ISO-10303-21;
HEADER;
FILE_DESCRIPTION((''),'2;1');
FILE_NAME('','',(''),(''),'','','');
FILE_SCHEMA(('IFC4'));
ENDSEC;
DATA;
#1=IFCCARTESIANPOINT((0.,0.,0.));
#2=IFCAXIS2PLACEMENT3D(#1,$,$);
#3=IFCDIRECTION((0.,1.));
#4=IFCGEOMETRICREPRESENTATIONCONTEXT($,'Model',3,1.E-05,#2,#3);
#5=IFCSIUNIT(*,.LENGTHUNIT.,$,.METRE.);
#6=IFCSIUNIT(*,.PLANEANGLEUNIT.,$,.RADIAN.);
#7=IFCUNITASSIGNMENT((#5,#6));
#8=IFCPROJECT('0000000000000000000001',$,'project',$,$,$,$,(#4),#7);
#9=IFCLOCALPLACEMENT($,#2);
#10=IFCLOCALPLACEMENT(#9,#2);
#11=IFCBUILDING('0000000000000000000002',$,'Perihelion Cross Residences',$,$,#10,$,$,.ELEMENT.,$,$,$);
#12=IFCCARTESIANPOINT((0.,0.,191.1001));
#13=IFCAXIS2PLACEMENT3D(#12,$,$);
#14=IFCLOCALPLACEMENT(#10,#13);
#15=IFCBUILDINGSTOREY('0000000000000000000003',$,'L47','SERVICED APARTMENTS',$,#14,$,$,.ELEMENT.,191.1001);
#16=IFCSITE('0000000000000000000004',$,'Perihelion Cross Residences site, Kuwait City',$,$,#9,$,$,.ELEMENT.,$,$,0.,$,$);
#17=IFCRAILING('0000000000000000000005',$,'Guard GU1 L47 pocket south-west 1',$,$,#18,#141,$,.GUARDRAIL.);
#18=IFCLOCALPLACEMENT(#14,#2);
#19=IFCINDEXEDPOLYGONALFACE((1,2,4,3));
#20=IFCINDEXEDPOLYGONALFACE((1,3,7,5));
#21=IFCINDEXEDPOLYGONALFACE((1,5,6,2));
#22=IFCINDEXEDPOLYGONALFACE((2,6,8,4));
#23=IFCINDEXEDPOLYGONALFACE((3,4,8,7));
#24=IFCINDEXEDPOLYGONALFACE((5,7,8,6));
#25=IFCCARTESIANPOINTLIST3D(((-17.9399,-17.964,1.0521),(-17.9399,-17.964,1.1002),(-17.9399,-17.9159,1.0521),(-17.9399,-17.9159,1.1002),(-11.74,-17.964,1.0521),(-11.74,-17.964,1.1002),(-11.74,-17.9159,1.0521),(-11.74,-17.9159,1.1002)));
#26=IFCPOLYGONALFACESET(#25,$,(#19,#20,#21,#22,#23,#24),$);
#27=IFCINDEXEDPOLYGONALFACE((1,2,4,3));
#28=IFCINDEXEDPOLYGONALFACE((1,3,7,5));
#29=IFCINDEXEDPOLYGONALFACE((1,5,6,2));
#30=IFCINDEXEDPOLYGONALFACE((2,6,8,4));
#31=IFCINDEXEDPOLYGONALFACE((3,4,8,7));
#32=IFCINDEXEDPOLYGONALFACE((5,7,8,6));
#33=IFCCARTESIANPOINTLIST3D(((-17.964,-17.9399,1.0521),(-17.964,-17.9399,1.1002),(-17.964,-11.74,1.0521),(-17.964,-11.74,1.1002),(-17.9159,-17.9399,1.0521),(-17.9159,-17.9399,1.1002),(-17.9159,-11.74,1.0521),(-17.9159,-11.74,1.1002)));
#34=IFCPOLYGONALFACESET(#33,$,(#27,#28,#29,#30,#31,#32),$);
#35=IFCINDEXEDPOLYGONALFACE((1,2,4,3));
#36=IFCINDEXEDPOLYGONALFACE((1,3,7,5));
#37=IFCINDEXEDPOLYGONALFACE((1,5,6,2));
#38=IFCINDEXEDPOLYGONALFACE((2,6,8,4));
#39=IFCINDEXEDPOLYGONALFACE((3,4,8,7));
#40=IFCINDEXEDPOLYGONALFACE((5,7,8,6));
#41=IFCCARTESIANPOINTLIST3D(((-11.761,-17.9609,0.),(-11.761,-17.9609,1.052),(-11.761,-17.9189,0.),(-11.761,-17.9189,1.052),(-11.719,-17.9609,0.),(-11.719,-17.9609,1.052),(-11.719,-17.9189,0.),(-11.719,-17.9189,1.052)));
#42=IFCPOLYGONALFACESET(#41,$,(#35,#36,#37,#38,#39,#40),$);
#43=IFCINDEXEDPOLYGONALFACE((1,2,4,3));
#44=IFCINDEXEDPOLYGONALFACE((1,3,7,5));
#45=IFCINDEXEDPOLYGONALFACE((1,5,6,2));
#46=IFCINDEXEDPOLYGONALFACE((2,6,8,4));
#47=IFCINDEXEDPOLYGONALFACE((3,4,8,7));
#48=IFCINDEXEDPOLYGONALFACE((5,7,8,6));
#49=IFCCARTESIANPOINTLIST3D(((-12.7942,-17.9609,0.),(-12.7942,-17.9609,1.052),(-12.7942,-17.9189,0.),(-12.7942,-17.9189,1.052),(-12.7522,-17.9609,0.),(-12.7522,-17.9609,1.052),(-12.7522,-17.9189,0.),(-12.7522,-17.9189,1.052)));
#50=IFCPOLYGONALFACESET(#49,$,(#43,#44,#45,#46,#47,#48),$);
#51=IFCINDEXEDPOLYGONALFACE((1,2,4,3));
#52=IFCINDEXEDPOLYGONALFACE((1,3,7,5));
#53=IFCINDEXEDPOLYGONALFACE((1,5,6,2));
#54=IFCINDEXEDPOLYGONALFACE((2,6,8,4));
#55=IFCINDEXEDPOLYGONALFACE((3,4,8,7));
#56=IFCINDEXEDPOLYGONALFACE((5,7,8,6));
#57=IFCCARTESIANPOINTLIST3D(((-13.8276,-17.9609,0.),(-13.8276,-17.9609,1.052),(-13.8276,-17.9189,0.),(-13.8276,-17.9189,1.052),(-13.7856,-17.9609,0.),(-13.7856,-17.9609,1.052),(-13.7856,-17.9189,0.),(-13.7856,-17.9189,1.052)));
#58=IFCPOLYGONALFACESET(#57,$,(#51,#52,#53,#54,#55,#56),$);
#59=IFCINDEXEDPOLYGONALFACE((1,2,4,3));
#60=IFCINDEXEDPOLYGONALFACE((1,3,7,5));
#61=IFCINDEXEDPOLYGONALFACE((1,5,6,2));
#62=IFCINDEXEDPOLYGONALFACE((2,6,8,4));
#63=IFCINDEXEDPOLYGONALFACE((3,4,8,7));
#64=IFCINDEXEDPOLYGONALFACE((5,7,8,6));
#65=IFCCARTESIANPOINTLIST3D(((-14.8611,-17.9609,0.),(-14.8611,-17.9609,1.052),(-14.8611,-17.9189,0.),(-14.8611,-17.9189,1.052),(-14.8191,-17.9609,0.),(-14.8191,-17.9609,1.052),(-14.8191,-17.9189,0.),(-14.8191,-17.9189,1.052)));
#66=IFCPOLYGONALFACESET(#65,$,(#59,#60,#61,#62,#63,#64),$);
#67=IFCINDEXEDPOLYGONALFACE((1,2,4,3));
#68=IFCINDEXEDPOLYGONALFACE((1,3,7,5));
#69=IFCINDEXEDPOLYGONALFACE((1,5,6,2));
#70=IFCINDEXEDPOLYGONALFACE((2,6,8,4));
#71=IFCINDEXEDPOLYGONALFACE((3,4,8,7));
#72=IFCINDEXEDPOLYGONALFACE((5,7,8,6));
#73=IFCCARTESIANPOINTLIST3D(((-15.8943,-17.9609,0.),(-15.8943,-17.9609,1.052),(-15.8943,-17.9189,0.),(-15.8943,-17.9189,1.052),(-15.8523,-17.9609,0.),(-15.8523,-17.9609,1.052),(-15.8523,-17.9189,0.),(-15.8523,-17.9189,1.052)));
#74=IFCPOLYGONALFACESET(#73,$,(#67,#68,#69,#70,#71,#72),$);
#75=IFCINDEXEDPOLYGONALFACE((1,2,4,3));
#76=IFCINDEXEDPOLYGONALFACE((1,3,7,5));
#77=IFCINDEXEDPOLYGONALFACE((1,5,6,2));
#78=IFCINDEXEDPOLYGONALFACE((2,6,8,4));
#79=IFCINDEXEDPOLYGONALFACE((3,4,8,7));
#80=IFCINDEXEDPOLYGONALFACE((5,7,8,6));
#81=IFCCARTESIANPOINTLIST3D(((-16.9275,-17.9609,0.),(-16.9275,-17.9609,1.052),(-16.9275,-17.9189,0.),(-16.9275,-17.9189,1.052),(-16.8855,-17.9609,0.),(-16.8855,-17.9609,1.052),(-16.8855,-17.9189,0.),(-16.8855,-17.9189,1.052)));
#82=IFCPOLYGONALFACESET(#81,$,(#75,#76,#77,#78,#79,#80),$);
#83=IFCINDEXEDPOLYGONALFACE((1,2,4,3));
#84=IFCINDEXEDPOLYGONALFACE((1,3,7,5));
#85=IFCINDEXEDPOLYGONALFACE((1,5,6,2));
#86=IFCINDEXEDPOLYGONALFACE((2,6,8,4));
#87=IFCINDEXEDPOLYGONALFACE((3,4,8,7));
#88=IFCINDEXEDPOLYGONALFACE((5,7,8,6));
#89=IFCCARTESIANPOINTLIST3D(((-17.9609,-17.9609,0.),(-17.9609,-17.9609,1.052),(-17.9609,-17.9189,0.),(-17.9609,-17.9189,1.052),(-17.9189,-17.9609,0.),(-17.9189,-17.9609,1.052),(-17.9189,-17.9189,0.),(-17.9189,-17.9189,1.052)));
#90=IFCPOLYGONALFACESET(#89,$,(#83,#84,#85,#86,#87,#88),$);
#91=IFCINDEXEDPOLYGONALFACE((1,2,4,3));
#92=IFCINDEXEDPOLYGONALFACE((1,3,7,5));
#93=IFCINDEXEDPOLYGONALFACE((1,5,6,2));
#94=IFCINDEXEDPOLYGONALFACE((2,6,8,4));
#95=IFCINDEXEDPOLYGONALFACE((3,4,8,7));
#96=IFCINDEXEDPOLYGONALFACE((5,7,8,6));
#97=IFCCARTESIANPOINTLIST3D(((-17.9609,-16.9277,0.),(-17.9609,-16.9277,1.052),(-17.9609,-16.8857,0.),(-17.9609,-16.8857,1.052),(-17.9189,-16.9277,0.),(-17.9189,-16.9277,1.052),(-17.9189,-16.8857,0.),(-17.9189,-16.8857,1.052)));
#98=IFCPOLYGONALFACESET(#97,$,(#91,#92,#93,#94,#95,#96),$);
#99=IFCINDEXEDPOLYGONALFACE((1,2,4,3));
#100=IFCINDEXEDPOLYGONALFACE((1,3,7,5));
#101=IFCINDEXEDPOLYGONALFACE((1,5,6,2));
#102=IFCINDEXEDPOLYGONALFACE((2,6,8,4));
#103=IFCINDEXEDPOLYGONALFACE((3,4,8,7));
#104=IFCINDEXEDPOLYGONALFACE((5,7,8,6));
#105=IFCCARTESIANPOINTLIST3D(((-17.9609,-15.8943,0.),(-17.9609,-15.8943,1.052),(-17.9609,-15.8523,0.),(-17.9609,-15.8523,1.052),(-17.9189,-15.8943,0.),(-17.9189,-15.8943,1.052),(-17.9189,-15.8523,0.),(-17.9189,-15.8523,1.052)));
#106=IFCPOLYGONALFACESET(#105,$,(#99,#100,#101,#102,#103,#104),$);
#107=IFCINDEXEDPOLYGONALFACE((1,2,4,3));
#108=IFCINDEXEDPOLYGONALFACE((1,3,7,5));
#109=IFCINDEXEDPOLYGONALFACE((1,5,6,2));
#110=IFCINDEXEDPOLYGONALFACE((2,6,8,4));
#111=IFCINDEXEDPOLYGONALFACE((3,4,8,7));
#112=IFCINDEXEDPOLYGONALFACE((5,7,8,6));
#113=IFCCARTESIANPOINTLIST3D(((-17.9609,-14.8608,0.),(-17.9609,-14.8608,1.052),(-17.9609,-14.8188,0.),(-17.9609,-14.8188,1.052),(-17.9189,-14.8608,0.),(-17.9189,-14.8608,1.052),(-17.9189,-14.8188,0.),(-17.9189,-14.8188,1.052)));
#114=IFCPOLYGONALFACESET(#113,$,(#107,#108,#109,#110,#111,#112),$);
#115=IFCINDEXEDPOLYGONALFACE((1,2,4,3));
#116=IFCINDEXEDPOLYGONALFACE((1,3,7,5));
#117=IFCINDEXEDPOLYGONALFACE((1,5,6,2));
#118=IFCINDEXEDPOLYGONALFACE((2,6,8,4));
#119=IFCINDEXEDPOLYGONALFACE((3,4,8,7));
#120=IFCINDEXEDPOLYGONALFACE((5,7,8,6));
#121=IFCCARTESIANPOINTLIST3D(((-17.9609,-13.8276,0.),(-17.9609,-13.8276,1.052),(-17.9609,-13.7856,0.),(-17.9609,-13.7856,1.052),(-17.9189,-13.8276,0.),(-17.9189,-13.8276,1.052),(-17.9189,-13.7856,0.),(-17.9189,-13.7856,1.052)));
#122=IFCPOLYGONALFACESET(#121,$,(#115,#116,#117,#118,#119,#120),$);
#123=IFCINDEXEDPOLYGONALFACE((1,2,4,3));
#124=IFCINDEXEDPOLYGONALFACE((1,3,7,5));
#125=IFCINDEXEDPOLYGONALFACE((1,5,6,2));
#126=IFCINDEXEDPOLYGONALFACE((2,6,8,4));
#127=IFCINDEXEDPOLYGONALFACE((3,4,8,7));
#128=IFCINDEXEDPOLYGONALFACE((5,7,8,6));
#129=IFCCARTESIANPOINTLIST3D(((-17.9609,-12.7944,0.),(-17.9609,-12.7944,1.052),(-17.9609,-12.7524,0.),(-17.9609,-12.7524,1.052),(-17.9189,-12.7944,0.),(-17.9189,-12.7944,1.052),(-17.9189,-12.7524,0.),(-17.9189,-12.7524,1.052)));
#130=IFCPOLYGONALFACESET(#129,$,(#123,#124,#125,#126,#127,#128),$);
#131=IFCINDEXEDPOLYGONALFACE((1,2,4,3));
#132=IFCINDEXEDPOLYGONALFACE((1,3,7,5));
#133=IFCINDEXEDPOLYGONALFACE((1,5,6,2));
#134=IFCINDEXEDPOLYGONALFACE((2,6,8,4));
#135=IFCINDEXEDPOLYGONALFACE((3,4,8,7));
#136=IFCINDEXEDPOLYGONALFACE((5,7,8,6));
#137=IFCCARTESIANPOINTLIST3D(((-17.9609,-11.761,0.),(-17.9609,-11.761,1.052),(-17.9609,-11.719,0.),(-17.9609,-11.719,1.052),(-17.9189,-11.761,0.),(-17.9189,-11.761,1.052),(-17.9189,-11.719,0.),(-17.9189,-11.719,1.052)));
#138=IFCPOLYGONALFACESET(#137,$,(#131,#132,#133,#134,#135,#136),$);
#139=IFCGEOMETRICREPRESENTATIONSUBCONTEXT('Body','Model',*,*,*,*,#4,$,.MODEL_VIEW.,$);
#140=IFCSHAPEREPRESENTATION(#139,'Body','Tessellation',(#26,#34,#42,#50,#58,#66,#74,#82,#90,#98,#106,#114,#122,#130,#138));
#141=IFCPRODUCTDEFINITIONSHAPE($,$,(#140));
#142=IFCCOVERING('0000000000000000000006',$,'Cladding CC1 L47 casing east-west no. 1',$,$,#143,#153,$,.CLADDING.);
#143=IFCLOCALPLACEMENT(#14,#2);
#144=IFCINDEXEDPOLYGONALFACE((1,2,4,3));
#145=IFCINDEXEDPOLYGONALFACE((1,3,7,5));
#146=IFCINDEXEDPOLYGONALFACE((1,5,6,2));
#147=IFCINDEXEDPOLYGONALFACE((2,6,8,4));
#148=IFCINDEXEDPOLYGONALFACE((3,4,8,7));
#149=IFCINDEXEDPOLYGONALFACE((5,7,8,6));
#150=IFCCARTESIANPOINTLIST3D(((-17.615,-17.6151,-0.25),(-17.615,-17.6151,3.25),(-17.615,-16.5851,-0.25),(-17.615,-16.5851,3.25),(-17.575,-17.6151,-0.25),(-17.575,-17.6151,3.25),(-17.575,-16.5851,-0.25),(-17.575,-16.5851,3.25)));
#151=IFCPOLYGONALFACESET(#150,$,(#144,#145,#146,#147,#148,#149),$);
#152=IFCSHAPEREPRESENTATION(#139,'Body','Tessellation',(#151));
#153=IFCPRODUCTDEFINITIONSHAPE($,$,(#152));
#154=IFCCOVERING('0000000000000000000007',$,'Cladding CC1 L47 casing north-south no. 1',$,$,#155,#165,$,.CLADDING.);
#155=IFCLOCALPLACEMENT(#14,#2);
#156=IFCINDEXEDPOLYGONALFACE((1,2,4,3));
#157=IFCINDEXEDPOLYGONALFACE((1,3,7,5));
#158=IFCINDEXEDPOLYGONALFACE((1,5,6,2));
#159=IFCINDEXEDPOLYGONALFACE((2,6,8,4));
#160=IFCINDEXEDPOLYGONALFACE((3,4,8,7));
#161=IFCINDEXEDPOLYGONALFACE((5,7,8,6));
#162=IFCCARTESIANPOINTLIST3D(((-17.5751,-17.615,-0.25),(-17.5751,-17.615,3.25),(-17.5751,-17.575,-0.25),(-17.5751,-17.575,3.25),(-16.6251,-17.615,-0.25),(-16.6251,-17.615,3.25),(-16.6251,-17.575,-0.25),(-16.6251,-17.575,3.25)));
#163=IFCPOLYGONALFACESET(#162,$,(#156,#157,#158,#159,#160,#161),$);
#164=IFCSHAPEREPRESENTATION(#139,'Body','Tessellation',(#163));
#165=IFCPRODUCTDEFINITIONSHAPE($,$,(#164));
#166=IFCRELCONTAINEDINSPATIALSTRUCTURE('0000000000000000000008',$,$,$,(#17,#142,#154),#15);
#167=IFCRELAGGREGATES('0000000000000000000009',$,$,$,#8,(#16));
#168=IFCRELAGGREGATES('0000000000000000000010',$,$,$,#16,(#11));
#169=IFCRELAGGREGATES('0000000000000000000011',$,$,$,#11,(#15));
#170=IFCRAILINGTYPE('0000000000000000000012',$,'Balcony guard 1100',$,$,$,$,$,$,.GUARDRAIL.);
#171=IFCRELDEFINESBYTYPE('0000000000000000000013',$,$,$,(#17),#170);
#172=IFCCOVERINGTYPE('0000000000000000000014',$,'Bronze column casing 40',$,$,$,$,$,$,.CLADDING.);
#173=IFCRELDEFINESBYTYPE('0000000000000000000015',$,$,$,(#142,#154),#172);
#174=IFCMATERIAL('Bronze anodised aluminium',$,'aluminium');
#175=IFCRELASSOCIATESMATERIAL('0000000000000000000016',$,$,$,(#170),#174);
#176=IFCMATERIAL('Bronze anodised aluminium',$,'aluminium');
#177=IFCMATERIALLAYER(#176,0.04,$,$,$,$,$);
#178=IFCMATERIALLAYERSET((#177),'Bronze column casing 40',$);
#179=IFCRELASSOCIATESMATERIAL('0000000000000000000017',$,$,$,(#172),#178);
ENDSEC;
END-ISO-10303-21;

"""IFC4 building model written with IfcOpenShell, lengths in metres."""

from ifc_helpers import new_model, si_unit, direction, frame, origin, origin_2d, place, context, subcontext, project, spatial, rectangle, extrude, material, layer, layer_set, type_object, element, save


model = new_model("IFC4")

# Units and contexts
model_context = context("Model", 3, precision=1e-05, world=origin(), true_north=direction((0.0, 1.0)))
body_context = subcontext(model_context, "Body", "Model", "MODEL_VIEW")
ifc_project = project(units=[si_unit("LENGTHUNIT", "METRE"), si_unit("PLANEANGLEUNIT", "RADIAN")], contexts=[model_context])

# Site, building, storey
site_placement = place(None, origin())
site = spatial("IfcSite", under=ifc_project, at=site_placement, Name="Perihelion Cross Residences site, Kuwait City", CompositionType="ELEMENT", RefElevation=0.0)
building_placement = place(site_placement, origin())
building = spatial("IfcBuilding", under=site, at=building_placement, Name="Perihelion Cross Residences", CompositionType="ELEMENT")
storey_placement = place(building_placement, frame((0.0, 0.0, 191.1001)))
storey = spatial("IfcBuildingStorey", under=building, at=storey_placement, Name="L47", Description="SERVICED APARTMENTS", CompositionType="ELEMENT", Elevation=191.1001)

# Railing
ifc_material_1 = material(Name="Bronze anodised aluminium", Category="aluminium")
railing_type = type_object("IfcRailingType", Name="Balcony guard 1100", PredefinedType="GUARDRAIL", material=ifc_material_1)
railing_placement = place(storey_placement, frame((-11.74, -17.9399, 0.0)))
element("IfcRailing", 1, at=railing_placement, inside=storey, type_object=railing_type, Name="Guard GU1 L47 pocket south-west 1", PredefinedType="GUARDRAIL", context=body_context, shape_type="SweptSolid", body=[
    extrude(rectangle(XDim=0.0481, YDim=0.0481, at=origin_2d()), frame((0.0, 0.0, 1.0762), z_axis=(-1.0, 0.0, 0.0), x_axis=(0.0, -1.0, 0.0)), (0.0, 0.0, 1.0), 6.2),
    extrude(rectangle(XDim=0.0481, YDim=0.0481, at=origin_2d()), frame((-6.2, 0.0, 1.0762), z_axis=(0.0, 1.0, 0.0), x_axis=(-1.0, 0.0, 0.0)), (0.0, 0.0, 1.0), 6.2),
    extrude(rectangle(XDim=0.042, YDim=0.042, at=origin_2d()), origin(), (0.0, 0.0, 1.0), 1.052),
    extrude(rectangle(XDim=0.042, YDim=0.042, at=origin_2d()), frame((-1.0332, 0.0, 0.0)), (0.0, 0.0, 1.0), 1.052),
    extrude(rectangle(XDim=0.042, YDim=0.042, at=origin_2d()), frame((-2.0667, 0.0, 0.0)), (0.0, 0.0, 1.0), 1.052),
    extrude(rectangle(XDim=0.042, YDim=0.042, at=origin_2d()), frame((-3.1001, 0.0, 0.0)), (0.0, 0.0, 1.0), 1.052),
    extrude(rectangle(XDim=0.042, YDim=0.042, at=origin_2d()), frame((-4.1333, 0.0, 0.0)), (0.0, 0.0, 1.0), 1.052),
    extrude(rectangle(XDim=0.042, YDim=0.042, at=origin_2d()), frame((-5.1665, 0.0, 0.0)), (0.0, 0.0, 1.0), 1.052),
    extrude(rectangle(XDim=0.042, YDim=0.042, at=origin_2d()), frame((-6.2, 0.0, 0.0)), (0.0, 0.0, 1.0), 1.052),
    extrude(rectangle(XDim=0.042, YDim=0.042, at=origin_2d()), frame((-6.2, 1.0332, 0.0)), (0.0, 0.0, 1.0), 1.052),
    extrude(rectangle(XDim=0.042, YDim=0.042, at=origin_2d()), frame((-6.2, 2.0667, 0.0)), (0.0, 0.0, 1.0), 1.052),
    extrude(rectangle(XDim=0.042, YDim=0.042, at=origin_2d()), frame((-6.2, 3.1001, 0.0)), (0.0, 0.0, 1.0), 1.052),
    extrude(rectangle(XDim=0.042, YDim=0.042, at=origin_2d()), frame((-6.2, 4.1333, 0.0)), (0.0, 0.0, 1.0), 1.052),
    extrude(rectangle(XDim=0.042, YDim=0.042, at=origin_2d()), frame((-6.2, 5.1665, 0.0)), (0.0, 0.0, 1.0), 1.052),
    extrude(rectangle(XDim=0.042, YDim=0.042, at=origin_2d()), frame((-6.2, 6.2, 0.0)), (0.0, 0.0, 1.0), 1.052),
])

# Coverings
ifc_material_2 = material(Name="Bronze anodised aluminium", Category="aluminium")
ifc_layer_1 = layer(ifc_material_2, 0.04)
ifc_layer_set_1 = layer_set([ifc_layer_1], Name="Bronze column casing 40")
covering_type = type_object("IfcCoveringType", Name="Bronze column casing 40", PredefinedType="CLADDING", material=ifc_layer_set_1)
covering_1_placement = place(storey_placement, frame((-17.595, -17.1001, -0.25), z_axis=(0.0, 0.0, 1.0), x_axis=(1.0, 0.0, 0.0)))
element("IfcCovering", 2, at=covering_1_placement, inside=storey, type_object=covering_type, Name="Cladding CC1 L47 casing east-west no. 1", PredefinedType="CLADDING", context=body_context, shape_type="SweptSolid", body=[
    extrude(rectangle(XDim=0.04, YDim=1.03, at=origin_2d()), origin(), (0.0, 0.0, 1.0), 3.5),
])
covering_2_placement = place(storey_placement, frame((-17.1001, -17.595, -0.25), z_axis=(0.0, 0.0, 1.0), x_axis=(1.0, 0.0, 0.0)))
element("IfcCovering", 3, at=covering_2_placement, inside=storey, type_object=covering_type, Name="Cladding CC1 L47 casing north-south no. 1", PredefinedType="CLADDING", context=body_context, shape_type="SweptSolid", body=[
    extrude(rectangle(XDim=0.95, YDim=0.04, at=origin_2d()), origin(), (0.0, 0.0, 1.0), 3.5),
])

save(model, "model.ifc")
